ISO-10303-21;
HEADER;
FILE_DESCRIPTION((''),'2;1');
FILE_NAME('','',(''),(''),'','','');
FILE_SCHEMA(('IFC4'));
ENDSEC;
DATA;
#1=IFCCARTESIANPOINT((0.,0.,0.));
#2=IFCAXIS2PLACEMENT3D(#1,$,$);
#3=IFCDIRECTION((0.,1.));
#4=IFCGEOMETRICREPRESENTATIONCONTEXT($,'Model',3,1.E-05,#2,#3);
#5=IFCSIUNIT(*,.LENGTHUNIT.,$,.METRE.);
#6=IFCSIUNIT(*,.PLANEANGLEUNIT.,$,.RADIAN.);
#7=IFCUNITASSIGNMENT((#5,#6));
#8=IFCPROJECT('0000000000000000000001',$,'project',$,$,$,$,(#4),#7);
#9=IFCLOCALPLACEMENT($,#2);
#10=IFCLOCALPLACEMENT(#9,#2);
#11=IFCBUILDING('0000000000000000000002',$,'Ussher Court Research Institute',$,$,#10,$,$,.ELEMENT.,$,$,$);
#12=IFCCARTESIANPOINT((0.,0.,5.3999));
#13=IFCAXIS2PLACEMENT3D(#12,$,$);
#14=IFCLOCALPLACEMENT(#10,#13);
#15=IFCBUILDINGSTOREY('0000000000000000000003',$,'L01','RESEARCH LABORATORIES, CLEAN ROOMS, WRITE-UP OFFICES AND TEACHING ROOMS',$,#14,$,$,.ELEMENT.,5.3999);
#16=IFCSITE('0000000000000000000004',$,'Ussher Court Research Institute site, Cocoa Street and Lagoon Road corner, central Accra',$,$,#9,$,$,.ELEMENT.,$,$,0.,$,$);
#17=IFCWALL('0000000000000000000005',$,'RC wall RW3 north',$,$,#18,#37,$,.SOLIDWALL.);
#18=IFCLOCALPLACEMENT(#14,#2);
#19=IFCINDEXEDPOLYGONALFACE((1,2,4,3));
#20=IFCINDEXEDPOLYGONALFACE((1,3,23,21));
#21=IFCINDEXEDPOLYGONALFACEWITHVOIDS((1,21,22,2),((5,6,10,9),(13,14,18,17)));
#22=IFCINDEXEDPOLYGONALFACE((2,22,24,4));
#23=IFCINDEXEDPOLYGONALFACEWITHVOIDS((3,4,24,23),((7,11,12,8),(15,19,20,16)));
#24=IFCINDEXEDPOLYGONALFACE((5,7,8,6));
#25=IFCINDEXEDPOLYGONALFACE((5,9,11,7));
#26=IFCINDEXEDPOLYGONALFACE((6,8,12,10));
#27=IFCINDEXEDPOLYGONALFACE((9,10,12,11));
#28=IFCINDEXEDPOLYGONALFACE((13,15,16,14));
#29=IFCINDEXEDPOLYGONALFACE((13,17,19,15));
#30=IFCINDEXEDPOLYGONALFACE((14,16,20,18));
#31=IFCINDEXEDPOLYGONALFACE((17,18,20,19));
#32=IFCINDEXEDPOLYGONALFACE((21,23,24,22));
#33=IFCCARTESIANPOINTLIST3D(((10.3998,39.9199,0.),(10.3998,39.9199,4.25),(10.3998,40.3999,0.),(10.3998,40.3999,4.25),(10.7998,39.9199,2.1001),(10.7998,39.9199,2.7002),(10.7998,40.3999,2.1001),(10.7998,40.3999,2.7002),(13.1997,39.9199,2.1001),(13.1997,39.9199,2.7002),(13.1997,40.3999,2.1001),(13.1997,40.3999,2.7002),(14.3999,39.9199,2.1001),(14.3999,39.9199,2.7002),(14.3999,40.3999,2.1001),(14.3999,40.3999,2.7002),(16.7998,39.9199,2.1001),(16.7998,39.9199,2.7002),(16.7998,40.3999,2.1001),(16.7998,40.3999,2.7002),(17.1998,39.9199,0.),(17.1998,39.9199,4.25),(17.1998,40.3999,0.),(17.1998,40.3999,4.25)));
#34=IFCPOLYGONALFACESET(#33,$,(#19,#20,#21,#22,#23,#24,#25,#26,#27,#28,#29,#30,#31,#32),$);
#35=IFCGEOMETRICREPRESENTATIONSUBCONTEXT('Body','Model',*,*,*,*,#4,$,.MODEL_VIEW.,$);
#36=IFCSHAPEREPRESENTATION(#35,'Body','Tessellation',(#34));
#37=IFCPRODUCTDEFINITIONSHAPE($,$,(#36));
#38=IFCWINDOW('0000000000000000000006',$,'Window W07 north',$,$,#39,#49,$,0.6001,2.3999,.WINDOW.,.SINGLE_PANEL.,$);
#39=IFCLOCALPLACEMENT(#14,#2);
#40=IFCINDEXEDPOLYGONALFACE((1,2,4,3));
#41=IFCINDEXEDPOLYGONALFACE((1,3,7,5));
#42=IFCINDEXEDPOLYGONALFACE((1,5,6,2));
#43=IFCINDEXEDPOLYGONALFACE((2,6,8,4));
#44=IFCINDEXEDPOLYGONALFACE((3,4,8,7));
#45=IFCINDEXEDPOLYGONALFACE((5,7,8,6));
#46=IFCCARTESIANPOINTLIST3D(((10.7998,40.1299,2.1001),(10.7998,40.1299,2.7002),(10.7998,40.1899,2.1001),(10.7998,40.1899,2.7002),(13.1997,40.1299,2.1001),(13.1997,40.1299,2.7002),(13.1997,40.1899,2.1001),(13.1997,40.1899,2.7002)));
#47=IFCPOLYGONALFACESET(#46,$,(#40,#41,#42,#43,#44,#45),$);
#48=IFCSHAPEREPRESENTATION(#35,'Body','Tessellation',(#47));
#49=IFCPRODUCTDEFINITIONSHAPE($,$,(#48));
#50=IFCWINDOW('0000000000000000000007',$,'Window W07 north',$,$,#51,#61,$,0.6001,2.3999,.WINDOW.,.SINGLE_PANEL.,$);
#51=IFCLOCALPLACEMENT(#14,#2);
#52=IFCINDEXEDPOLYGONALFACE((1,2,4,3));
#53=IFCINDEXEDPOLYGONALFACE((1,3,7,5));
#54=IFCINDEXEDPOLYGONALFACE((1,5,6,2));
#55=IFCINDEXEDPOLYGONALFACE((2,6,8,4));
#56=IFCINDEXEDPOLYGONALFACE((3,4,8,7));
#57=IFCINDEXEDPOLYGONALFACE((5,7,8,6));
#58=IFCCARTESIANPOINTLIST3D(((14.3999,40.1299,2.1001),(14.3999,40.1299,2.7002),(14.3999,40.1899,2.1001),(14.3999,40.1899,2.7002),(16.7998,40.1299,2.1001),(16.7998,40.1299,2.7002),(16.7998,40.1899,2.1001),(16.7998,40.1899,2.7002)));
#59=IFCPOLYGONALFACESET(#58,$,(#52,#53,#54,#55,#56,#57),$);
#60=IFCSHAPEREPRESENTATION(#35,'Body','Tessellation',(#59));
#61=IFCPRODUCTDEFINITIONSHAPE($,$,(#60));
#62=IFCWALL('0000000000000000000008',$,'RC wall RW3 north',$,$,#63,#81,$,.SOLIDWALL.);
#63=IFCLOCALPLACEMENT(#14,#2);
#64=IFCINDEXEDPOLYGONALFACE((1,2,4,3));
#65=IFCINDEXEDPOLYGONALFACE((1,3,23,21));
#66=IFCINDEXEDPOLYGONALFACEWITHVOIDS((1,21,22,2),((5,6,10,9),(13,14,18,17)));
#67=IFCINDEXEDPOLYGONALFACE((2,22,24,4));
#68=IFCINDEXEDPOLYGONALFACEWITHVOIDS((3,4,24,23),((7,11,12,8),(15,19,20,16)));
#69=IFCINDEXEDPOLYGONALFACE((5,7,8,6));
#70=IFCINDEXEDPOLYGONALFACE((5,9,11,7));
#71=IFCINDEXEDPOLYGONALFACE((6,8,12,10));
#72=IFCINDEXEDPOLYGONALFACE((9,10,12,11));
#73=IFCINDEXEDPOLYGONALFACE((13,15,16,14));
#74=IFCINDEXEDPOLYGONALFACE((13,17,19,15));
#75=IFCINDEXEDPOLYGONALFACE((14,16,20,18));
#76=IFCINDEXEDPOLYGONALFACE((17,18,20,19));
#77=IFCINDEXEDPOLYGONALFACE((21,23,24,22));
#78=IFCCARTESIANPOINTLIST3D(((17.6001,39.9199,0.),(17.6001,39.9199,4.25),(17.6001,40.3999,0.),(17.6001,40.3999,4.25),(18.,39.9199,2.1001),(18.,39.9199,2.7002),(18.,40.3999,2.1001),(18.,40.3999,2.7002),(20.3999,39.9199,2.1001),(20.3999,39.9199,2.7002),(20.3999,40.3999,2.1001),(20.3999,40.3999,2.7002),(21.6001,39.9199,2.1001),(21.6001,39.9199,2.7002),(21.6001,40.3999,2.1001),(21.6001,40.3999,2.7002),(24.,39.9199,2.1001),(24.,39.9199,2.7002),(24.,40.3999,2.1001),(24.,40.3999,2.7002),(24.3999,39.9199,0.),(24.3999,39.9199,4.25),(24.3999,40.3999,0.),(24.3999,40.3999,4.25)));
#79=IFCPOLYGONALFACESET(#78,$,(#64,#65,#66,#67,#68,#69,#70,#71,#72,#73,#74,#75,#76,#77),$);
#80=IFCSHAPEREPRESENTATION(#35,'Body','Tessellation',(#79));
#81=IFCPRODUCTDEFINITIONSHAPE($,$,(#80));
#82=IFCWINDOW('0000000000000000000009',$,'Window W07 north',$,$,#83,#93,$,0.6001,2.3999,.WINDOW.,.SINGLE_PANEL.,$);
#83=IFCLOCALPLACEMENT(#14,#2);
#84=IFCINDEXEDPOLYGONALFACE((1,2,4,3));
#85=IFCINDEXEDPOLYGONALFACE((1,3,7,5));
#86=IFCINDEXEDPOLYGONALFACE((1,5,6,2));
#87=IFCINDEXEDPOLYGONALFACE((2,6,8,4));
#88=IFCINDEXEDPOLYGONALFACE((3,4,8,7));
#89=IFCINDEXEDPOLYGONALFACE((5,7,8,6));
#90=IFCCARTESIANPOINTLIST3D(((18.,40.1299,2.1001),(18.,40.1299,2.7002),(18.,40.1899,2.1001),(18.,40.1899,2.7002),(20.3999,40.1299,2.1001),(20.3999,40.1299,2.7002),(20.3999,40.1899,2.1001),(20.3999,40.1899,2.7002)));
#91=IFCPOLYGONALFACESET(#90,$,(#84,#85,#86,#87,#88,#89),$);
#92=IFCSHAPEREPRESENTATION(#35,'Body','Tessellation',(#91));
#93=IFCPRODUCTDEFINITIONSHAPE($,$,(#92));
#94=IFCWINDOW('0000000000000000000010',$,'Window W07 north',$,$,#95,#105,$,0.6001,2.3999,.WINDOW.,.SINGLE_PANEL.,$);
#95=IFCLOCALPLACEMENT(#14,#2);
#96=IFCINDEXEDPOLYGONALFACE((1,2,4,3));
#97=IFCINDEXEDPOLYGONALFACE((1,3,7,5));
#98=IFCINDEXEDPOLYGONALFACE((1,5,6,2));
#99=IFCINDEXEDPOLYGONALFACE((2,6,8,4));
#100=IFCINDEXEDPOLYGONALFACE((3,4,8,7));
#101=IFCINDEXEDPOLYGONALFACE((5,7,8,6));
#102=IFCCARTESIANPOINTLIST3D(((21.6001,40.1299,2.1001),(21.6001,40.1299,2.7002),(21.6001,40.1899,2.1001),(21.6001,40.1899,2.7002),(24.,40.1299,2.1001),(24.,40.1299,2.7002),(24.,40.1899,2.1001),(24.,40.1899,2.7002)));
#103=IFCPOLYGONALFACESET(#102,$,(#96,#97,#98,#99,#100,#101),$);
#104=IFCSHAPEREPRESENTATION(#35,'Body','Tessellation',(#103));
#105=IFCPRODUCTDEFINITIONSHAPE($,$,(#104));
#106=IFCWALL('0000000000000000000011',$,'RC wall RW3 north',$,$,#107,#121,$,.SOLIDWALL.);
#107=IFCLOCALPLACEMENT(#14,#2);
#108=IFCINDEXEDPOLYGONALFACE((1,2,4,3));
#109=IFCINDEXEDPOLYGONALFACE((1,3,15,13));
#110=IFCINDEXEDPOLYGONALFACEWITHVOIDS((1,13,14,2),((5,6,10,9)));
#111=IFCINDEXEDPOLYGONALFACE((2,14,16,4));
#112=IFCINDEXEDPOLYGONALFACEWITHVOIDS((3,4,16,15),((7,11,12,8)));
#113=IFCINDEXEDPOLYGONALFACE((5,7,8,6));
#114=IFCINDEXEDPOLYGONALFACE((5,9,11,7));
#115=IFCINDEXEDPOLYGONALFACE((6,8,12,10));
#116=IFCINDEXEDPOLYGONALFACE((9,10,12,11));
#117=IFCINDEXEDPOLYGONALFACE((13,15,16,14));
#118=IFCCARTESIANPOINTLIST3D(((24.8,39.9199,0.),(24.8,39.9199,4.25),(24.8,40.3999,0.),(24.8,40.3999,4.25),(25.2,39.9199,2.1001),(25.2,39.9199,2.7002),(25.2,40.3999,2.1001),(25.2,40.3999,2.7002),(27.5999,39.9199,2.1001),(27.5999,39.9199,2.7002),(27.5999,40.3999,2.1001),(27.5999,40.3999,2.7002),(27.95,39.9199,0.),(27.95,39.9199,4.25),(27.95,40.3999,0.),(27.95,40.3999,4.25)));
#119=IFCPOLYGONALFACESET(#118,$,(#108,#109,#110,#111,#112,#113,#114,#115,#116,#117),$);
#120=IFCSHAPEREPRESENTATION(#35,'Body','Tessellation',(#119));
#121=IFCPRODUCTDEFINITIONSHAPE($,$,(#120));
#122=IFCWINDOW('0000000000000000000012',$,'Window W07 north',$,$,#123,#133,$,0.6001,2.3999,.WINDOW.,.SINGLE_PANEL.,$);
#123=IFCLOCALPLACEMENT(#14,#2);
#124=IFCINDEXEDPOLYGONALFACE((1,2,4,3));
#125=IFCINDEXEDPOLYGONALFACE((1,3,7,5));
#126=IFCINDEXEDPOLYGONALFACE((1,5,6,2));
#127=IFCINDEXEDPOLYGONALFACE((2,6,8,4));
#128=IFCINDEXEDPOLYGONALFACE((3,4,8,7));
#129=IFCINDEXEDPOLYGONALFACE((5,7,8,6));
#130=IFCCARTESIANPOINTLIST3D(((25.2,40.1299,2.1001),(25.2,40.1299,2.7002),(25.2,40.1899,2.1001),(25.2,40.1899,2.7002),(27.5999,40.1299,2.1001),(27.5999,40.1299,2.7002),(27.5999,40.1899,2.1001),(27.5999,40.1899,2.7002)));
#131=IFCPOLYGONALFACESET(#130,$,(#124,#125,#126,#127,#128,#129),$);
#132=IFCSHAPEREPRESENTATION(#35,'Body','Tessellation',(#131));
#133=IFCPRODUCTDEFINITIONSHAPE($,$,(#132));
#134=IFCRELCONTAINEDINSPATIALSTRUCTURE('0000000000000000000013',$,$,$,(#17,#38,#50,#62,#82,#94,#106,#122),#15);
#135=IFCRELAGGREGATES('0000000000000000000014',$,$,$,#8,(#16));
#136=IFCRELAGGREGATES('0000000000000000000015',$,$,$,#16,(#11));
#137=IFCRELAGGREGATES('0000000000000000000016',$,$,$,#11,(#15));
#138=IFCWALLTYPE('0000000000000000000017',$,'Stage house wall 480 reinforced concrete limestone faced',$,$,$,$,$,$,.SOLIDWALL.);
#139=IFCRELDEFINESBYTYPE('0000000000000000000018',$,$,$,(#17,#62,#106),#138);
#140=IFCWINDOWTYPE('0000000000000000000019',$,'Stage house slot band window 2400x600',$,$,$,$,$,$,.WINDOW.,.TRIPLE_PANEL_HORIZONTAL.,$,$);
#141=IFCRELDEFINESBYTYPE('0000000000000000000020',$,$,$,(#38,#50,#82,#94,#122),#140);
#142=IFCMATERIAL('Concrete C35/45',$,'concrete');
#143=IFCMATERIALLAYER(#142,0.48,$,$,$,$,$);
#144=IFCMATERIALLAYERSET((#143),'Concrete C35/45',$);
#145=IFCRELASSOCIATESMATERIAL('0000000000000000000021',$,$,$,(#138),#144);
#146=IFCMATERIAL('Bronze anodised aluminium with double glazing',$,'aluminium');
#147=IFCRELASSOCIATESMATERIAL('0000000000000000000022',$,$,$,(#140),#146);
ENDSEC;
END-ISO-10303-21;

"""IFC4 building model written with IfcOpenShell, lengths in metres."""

from ifc_helpers import new_model, si_unit, direction, frame, frame_2d, origin, place, context, subcontext, project, spatial, rectangle, extrude, material, layer, layer_set, type_object, element, fill, save


model = new_model("IFC4")

# Units and contexts
model_context = context("Model", 3, precision=1e-05, world=origin(), true_north=direction((0.0, 1.0)))
body_context = subcontext(model_context, "Body", "Model", "MODEL_VIEW")
ifc_project = project(units=[si_unit("LENGTHUNIT", "METRE"), si_unit("PLANEANGLEUNIT", "RADIAN")], contexts=[model_context])

# Site, building, storey
site_placement = place(None, origin())
site = spatial("IfcSite", under=ifc_project, at=site_placement, Name="Ussher Court Research Institute site, Cocoa Street and Lagoon Road corner, central Accra", CompositionType="ELEMENT", RefElevation=0.0)
building_placement = place(site_placement, origin())
building = spatial("IfcBuilding", under=site, at=building_placement, Name="Ussher Court Research Institute", CompositionType="ELEMENT")
storey_placement = place(building_placement, frame((0.0, 0.0, 5.3999)))
storey = spatial("IfcBuildingStorey", under=building, at=storey_placement, Name="L01", Description="RESEARCH LABORATORIES, CLEAN ROOMS, WRITE-UP OFFICES AND TEACHING ROOMS", CompositionType="ELEMENT", Elevation=5.3999)

# Walls, openings, windows
ifc_material_1 = material(Name="Concrete C35/45", Category="concrete")
ifc_layer_1 = layer(ifc_material_1, 0.48)
ifc_layer_set_1 = layer_set([ifc_layer_1], Name="Concrete C35/45")
wall_type_1 = type_object("IfcWallType", Name="Stage house wall 480 reinforced concrete limestone faced", PredefinedType="SOLIDWALL", material=ifc_layer_set_1)
ifc_material_2 = material(Name="Bronze anodised aluminium with double glazing", Category="aluminium")
window_type = type_object("IfcWindowType", Name="Stage house slot band window 2400x600", PartitioningType="TRIPLE_PANEL_HORIZONTAL", PredefinedType="WINDOW", material=ifc_material_2)
wall_1_placement = place(storey_placement, frame((10.3999, 40.1599, 0.0), z_axis=(0.0, 0.0, 1.0), x_axis=(1.0, 0.0, 0.0)))
wall_1 = element("IfcWall", 1, at=wall_1_placement, inside=storey, type_object=wall_type_1, Name="RC wall RW3 north", PredefinedType="SOLIDWALL", context=body_context, shape_type="SweptSolid", body=[
    extrude(rectangle(XDim=6.8, YDim=0.48, at=frame_2d((3.3999, 0.0))), origin(), (0.0, 0.0, 1.0), 4.25),
])
opening_1_placement = place(wall_1_placement, frame((0.3999, 0.0, 2.1001)))
opening_1 = element("IfcOpeningElement", 2, at=opening_1_placement, cuts=wall_1, PredefinedType="OPENING", context=body_context, shape_type="SweptSolid", body=[
    extrude(rectangle(XDim=2.3999, YDim=0.6001, at=frame_2d((1.2, 0.3))), frame((0.0, 0.25, 0.0), z_axis=(0.0, -1.0, 0.0), x_axis=(1.0, 0.0, 0.0)), (0.0, 0.0, 1.0), 0.5),
])
opening_2_placement = place(wall_1_placement, frame((4.0, 0.0, 2.1001)))
opening_2 = element("IfcOpeningElement", 3, at=opening_2_placement, cuts=wall_1, PredefinedType="OPENING", context=body_context, shape_type="SweptSolid", body=[
    extrude(rectangle(XDim=2.3999, YDim=0.6001, at=frame_2d((1.2, 0.3))), frame((0.0, 0.25, 0.0), z_axis=(0.0, -1.0, 0.0), x_axis=(1.0, 0.0, 0.0)), (0.0, 0.0, 1.0), 0.5),
])
window_1_placement = place(opening_1_placement, origin())
window_1 = element("IfcWindow", 4, at=window_1_placement, inside=storey, type_object=window_type, Name="Window W07 north", OverallHeight=0.6001, OverallWidth=2.3999, PartitioningType="SINGLE_PANEL", PredefinedType="WINDOW", context=body_context, shape_type="SweptSolid", body=[
    extrude(rectangle(XDim=2.3999, YDim=0.6001, at=frame_2d((1.2, 0.3))), frame((0.0, 0.03, 0.0), z_axis=(0.0, -1.0, 0.0), x_axis=(1.0, 0.0, 0.0)), (0.0, 0.0, 1.0), 0.0601),
])
fill(opening_1, window_1)
window_2_placement = place(opening_2_placement, origin())
window_2 = element("IfcWindow", 5, at=window_2_placement, inside=storey, type_object=window_type, Name="Window W07 north", OverallHeight=0.6001, OverallWidth=2.3999, PartitioningType="SINGLE_PANEL", PredefinedType="WINDOW", context=body_context, shape_type="SweptSolid", body=[
    extrude(rectangle(XDim=2.3999, YDim=0.6001, at=frame_2d((1.2, 0.3))), frame((0.0, 0.03, 0.0), z_axis=(0.0, -1.0, 0.0), x_axis=(1.0, 0.0, 0.0)), (0.0, 0.0, 1.0), 0.0601),
])
fill(opening_2, window_2)
wall_2_placement = place(storey_placement, frame((17.6001, 40.1599, 0.0), z_axis=(0.0, 0.0, 1.0), x_axis=(1.0, 0.0, 0.0)))
wall_2 = element("IfcWall", 6, at=wall_2_placement, inside=storey, type_object=wall_type_1, Name="RC wall RW3 north", PredefinedType="SOLIDWALL", context=body_context, shape_type="SweptSolid", body=[
    extrude(rectangle(XDim=6.7998, YDim=0.48, at=frame_2d((3.3999, 0.0))), origin(), (0.0, 0.0, 1.0), 4.25),
])
opening_3_placement = place(wall_2_placement, frame((0.3999, 0.0, 2.1001)))
opening_3 = element("IfcOpeningElement", 7, at=opening_3_placement, cuts=wall_2, PredefinedType="OPENING", context=body_context, shape_type="SweptSolid", body=[
    extrude(rectangle(XDim=2.3999, YDim=0.6001, at=frame_2d((1.2, 0.3))), frame((0.0, 0.25, 0.0), z_axis=(0.0, -1.0, 0.0), x_axis=(1.0, 0.0, 0.0)), (0.0, 0.0, 1.0), 0.5),
])
opening_4_placement = place(wall_2_placement, frame((4.0, 0.0, 2.1001)))
opening_4 = element("IfcOpeningElement", 8, at=opening_4_placement, cuts=wall_2, PredefinedType="OPENING", context=body_context, shape_type="SweptSolid", body=[
    extrude(rectangle(XDim=2.3999, YDim=0.6001, at=frame_2d((1.2, 0.3))), frame((0.0, 0.25, 0.0), z_axis=(0.0, -1.0, 0.0), x_axis=(1.0, 0.0, 0.0)), (0.0, 0.0, 1.0), 0.5),
])
window_3_placement = place(opening_3_placement, origin())
window_3 = element("IfcWindow", 9, at=window_3_placement, inside=storey, type_object=window_type, Name="Window W07 north", OverallHeight=0.6001, OverallWidth=2.3999, PartitioningType="SINGLE_PANEL", PredefinedType="WINDOW", context=body_context, shape_type="SweptSolid", body=[
    extrude(rectangle(XDim=2.3999, YDim=0.6001, at=frame_2d((1.2, 0.3))), frame((0.0, 0.03, 0.0), z_axis=(0.0, -1.0, 0.0), x_axis=(1.0, 0.0, 0.0)), (0.0, 0.0, 1.0), 0.0601),
])
fill(opening_3, window_3)
window_4_placement = place(opening_4_placement, origin())
window_4 = element("IfcWindow", 10, at=window_4_placement, inside=storey, type_object=window_type, Name="Window W07 north", OverallHeight=0.6001, OverallWidth=2.3999, PartitioningType="SINGLE_PANEL", PredefinedType="WINDOW", context=body_context, shape_type="SweptSolid", body=[
    extrude(rectangle(XDim=2.3999, YDim=0.6001, at=frame_2d((1.2, 0.3))), frame((0.0, 0.03, 0.0), z_axis=(0.0, -1.0, 0.0), x_axis=(1.0, 0.0, 0.0)), (0.0, 0.0, 1.0), 0.0601),
])
fill(opening_4, window_4)

# Wall, opening, window
wall_3_placement = place(storey_placement, frame((24.8, 40.1599, 0.0), z_axis=(0.0, 0.0, 1.0), x_axis=(1.0, 0.0, 0.0)))
wall_3 = element("IfcWall", 11, at=wall_3_placement, inside=storey, type_object=wall_type_1, Name="RC wall RW3 north", PredefinedType="SOLIDWALL", context=body_context, shape_type="SweptSolid", body=[
    extrude(rectangle(XDim=3.1499, YDim=0.48, at=frame_2d((1.575, 0.0))), origin(), (0.0, 0.0, 1.0), 4.25),
])
opening_5_placement = place(wall_3_placement, frame((0.3999, 0.0, 2.1001)))
opening_5 = element("IfcOpeningElement", 12, at=opening_5_placement, cuts=wall_3, PredefinedType="OPENING", context=body_context, shape_type="SweptSolid", body=[
    extrude(rectangle(XDim=2.3999, YDim=0.6001, at=frame_2d((1.2, 0.3))), frame((0.0, 0.25, 0.0), z_axis=(0.0, -1.0, 0.0), x_axis=(1.0, 0.0, 0.0)), (0.0, 0.0, 1.0), 0.5),
])
window_5_placement = place(opening_5_placement, origin())
window_5 = element("IfcWindow", 13, at=window_5_placement, inside=storey, type_object=window_type, Name="Window W07 north", OverallHeight=0.6001, OverallWidth=2.3999, PartitioningType="SINGLE_PANEL", PredefinedType="WINDOW", context=body_context, shape_type="SweptSolid", body=[
    extrude(rectangle(XDim=2.3999, YDim=0.6001, at=frame_2d((1.2, 0.3))), frame((0.0, 0.03, 0.0), z_axis=(0.0, -1.0, 0.0), x_axis=(1.0, 0.0, 0.0)), (0.0, 0.0, 1.0), 0.0601),
])
fill(opening_5, window_5)

save(model, "model.ifc")
